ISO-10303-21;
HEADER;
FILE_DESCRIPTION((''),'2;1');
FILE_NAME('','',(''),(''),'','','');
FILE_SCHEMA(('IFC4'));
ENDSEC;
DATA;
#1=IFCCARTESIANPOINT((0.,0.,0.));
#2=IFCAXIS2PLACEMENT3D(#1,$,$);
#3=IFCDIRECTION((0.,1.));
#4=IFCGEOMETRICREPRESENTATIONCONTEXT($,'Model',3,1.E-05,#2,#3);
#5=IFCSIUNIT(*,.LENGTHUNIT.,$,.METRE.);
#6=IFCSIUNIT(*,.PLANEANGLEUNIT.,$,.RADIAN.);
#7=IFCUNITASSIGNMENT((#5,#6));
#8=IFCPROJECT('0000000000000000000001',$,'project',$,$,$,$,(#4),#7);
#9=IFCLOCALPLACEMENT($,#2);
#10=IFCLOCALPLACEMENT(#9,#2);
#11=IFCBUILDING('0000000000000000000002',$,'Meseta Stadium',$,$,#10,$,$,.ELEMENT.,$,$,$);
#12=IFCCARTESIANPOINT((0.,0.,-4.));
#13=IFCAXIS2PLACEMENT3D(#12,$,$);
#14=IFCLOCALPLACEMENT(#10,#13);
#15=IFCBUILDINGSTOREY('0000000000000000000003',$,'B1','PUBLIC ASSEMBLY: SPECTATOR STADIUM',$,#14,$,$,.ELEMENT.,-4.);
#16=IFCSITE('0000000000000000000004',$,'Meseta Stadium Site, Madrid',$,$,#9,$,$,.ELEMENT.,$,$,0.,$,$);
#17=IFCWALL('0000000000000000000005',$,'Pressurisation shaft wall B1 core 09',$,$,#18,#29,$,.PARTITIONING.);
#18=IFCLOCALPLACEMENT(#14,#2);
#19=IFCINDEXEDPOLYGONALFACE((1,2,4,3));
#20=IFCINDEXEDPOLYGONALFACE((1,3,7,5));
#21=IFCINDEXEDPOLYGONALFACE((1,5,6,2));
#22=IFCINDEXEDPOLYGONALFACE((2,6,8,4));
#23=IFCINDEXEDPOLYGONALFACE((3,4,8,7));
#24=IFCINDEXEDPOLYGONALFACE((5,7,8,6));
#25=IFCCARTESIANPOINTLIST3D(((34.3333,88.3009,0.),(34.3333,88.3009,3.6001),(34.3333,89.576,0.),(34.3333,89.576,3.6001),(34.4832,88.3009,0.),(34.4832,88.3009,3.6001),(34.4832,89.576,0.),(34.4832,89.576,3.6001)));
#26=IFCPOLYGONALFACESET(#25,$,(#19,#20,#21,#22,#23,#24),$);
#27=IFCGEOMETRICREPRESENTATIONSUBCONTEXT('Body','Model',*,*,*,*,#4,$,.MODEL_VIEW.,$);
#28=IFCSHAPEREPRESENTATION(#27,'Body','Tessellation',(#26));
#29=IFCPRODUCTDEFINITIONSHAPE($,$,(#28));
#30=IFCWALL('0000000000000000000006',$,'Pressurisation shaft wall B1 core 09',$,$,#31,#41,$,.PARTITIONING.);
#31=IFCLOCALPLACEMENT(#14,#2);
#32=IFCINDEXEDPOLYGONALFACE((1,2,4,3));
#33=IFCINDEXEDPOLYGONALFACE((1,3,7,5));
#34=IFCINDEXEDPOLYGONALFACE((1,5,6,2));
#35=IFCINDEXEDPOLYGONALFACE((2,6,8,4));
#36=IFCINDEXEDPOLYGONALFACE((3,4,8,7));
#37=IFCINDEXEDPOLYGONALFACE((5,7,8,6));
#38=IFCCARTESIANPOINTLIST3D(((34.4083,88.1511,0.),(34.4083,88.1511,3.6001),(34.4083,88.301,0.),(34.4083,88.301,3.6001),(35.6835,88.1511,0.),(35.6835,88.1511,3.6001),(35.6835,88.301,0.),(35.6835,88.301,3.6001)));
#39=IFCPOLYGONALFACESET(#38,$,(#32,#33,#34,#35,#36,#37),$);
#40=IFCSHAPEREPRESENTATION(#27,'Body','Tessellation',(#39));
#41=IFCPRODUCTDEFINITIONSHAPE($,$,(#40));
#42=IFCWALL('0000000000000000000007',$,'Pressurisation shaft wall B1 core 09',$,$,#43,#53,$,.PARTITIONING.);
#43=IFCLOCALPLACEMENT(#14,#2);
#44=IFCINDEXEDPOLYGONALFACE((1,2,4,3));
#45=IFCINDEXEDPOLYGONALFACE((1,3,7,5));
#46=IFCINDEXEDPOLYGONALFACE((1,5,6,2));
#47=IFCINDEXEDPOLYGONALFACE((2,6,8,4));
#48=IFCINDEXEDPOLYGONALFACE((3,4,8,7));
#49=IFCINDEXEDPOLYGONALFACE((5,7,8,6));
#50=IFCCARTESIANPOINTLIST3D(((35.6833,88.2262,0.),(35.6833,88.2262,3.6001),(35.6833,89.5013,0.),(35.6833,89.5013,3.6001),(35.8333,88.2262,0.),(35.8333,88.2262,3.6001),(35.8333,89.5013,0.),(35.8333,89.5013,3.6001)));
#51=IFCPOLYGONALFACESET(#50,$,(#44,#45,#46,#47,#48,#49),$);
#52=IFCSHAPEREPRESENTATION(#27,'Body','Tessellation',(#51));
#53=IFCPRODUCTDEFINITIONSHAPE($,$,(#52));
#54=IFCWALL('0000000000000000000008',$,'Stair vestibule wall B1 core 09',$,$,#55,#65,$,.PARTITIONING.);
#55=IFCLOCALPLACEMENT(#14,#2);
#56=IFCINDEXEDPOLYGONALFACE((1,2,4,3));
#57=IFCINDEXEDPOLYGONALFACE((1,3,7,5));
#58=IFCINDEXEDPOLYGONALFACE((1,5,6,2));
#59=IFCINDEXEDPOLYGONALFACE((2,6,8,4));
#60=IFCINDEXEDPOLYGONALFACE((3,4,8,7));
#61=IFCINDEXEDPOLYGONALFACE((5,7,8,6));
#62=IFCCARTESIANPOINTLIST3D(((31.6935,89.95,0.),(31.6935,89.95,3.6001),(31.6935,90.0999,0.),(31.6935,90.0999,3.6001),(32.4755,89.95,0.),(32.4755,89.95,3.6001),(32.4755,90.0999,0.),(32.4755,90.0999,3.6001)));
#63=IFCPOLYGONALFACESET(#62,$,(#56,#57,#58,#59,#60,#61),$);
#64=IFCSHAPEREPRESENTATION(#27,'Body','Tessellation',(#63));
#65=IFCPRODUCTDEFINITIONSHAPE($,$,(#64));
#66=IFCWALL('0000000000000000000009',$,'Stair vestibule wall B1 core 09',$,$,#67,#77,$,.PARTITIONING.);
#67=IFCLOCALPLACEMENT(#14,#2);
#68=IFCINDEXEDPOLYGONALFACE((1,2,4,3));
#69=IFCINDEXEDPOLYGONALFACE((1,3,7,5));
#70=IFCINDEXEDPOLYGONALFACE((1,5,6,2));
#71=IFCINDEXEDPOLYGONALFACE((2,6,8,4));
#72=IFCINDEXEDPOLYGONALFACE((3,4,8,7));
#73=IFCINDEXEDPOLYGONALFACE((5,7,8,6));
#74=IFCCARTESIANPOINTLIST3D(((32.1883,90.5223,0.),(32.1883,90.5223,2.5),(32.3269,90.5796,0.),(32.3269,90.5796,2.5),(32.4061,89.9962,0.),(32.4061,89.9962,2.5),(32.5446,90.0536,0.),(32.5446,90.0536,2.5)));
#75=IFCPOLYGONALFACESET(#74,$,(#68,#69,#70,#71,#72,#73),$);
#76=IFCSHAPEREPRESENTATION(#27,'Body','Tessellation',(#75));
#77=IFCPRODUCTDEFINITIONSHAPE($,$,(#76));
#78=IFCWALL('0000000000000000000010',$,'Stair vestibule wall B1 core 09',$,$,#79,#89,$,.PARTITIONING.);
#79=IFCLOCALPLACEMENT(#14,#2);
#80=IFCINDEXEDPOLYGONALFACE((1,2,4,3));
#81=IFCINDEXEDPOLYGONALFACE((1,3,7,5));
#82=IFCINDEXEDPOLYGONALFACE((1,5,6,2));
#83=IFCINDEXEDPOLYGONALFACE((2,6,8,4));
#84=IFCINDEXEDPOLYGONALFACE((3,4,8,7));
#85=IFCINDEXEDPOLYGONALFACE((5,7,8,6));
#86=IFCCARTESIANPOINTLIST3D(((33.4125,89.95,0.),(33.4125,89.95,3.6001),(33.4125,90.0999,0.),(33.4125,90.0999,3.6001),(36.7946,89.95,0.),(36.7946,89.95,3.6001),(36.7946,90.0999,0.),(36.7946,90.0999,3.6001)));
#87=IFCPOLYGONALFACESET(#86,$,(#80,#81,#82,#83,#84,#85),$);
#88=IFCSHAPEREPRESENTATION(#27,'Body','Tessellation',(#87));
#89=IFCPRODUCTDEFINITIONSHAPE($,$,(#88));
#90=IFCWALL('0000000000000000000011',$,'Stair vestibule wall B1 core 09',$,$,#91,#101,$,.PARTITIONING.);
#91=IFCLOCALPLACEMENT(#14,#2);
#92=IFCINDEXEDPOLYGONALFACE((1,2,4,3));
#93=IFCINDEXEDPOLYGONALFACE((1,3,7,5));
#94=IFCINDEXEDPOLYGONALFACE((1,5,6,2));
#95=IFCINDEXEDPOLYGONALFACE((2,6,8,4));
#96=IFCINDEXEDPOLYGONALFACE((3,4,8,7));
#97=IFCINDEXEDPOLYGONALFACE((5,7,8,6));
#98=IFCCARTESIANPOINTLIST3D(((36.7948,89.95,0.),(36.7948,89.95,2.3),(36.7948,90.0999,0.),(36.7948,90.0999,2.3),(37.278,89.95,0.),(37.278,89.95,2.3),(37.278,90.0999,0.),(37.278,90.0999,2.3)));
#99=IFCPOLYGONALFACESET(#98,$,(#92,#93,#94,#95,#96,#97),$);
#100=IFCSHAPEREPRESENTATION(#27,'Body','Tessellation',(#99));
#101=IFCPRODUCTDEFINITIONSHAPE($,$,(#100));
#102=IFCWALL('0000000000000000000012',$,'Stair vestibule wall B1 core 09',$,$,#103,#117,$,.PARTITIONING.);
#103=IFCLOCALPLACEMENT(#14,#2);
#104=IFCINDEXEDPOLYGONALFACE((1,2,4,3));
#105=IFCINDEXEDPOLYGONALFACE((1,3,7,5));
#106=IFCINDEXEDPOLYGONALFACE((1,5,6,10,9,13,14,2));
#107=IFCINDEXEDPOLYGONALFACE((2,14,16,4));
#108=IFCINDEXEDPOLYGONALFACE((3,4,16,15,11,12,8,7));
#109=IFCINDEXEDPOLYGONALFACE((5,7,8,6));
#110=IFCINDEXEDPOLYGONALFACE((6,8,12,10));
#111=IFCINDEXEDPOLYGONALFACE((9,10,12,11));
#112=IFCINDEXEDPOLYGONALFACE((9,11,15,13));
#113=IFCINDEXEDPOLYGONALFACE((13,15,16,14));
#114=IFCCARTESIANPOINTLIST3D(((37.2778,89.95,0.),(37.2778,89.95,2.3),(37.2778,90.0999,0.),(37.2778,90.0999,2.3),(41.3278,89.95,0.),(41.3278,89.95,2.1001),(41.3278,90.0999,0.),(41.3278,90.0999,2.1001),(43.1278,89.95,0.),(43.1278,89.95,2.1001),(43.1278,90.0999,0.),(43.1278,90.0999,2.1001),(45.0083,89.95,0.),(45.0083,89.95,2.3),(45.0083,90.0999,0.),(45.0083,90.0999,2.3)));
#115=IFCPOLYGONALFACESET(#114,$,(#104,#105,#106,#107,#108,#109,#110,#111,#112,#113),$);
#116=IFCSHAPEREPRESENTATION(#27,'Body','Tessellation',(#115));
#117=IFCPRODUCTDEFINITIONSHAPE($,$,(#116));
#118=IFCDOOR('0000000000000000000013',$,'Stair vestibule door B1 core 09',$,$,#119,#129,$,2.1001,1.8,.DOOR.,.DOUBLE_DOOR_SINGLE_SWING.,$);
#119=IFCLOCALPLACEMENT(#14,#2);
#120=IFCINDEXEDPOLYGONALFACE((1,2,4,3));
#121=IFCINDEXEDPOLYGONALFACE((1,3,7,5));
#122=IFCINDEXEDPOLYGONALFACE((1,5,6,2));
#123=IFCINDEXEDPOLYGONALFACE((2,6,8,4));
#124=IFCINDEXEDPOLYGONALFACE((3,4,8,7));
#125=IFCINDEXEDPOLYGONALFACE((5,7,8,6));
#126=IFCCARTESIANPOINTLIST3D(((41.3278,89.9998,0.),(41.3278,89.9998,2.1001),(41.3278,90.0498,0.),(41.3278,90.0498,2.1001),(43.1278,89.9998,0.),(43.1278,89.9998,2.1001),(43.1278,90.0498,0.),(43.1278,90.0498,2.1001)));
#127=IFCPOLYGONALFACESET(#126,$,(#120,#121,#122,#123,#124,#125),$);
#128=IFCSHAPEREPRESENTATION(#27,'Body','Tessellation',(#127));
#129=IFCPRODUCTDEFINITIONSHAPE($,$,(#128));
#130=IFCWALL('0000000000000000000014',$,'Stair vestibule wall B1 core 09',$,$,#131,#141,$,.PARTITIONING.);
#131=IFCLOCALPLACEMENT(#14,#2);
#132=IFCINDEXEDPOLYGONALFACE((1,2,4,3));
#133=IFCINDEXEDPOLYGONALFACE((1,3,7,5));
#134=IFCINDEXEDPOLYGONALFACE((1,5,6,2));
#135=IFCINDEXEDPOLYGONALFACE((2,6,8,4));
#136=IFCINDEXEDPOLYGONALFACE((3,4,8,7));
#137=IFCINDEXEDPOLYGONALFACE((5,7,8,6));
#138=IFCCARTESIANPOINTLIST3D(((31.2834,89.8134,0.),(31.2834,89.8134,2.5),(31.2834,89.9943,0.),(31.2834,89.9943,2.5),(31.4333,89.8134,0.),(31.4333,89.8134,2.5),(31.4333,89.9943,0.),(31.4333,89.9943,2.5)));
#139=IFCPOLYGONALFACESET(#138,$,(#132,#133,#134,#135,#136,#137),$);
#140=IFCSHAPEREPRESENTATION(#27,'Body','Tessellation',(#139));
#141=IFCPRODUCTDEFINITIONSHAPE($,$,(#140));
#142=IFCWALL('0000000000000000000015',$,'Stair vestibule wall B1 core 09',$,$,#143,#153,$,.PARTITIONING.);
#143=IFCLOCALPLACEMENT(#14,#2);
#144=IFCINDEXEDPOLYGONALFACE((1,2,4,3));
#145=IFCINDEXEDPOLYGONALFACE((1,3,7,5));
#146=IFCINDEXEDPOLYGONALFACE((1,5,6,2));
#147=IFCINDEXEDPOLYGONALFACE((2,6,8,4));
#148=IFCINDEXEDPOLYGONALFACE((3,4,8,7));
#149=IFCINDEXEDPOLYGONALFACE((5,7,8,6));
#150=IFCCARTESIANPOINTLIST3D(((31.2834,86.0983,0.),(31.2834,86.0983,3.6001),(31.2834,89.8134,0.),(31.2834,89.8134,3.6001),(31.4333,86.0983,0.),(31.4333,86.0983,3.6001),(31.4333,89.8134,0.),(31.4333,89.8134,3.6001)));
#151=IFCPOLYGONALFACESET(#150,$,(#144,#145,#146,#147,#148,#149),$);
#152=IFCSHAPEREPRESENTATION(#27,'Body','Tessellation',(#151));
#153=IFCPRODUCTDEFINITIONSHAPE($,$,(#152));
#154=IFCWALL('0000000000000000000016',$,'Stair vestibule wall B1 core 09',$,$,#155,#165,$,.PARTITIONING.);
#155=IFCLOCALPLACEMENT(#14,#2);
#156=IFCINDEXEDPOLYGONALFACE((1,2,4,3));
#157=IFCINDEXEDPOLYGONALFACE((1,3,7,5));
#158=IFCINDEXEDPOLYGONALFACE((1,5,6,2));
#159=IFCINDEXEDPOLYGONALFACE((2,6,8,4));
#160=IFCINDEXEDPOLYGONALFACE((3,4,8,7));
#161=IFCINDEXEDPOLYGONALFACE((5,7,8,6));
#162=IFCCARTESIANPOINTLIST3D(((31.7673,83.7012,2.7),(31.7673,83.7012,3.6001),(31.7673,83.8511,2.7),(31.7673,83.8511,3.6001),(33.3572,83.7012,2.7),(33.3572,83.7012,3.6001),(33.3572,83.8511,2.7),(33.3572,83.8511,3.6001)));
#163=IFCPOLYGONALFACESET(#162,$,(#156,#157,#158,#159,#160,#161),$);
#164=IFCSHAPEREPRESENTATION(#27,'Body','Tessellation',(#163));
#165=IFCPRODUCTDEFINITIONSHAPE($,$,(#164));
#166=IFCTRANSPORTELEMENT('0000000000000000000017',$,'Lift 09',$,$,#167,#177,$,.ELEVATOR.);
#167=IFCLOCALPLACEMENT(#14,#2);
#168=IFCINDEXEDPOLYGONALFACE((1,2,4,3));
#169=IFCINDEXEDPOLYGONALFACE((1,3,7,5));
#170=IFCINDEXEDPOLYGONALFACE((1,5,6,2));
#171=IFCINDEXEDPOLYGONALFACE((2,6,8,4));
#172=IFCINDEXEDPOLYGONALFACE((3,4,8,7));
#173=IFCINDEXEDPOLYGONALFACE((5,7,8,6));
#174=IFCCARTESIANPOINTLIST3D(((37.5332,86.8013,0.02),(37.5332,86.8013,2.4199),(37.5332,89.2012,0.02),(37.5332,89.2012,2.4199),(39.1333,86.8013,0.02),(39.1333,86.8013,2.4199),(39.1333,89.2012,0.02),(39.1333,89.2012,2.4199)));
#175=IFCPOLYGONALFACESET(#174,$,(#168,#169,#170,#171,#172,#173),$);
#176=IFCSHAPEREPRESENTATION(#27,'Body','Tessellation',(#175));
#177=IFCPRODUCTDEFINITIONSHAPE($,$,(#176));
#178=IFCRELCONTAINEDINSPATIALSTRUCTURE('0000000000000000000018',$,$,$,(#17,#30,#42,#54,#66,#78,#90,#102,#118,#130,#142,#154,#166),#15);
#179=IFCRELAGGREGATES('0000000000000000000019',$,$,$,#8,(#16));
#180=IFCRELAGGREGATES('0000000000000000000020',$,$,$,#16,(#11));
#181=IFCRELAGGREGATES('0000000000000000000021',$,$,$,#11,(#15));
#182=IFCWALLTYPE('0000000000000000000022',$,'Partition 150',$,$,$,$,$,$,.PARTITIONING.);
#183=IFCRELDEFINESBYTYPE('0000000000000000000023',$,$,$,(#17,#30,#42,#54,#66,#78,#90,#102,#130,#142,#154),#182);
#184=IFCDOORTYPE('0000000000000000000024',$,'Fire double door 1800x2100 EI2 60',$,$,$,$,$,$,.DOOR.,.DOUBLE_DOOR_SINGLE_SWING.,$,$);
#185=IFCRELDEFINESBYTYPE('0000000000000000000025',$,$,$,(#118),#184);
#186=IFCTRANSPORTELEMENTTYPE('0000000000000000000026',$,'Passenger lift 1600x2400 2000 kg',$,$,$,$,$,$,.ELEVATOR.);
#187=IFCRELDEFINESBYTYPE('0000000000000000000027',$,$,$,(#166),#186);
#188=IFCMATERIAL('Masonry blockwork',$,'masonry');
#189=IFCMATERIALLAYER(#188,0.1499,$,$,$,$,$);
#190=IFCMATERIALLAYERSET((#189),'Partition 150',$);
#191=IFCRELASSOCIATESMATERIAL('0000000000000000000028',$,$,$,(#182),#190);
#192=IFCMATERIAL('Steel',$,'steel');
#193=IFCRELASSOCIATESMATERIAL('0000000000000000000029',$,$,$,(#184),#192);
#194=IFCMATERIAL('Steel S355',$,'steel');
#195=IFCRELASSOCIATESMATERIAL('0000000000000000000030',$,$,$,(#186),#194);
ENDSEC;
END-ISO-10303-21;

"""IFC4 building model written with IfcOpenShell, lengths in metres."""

from ifc_helpers import new_model, si_unit, direction, frame, frame_2d, origin, origin_2d, place, context, subcontext, project, spatial, rectangle, extrude, material, layer, layer_set, type_object, element, fill, save


model = new_model("IFC4")

# Units and contexts
model_context = context("Model", 3, precision=1e-05, world=origin(), true_north=direction((0.0, 1.0)))
body_context = subcontext(model_context, "Body", "Model", "MODEL_VIEW")
ifc_project = project(units=[si_unit("LENGTHUNIT", "METRE"), si_unit("PLANEANGLEUNIT", "RADIAN")], contexts=[model_context])

# Site, building, storey
site_placement = place(None, origin())
site = spatial("IfcSite", under=ifc_project, at=site_placement, Name="Meseta Stadium Site, Madrid", CompositionType="ELEMENT", RefElevation=0.0)
building_placement = place(site_placement, origin())
building = spatial("IfcBuilding", under=site, at=building_placement, Name="Meseta Stadium", CompositionType="ELEMENT")
storey_placement = place(building_placement, frame((0.0, 0.0, -4.0)))
storey = spatial("IfcBuildingStorey", under=building, at=storey_placement, Name="B1", Description="PUBLIC ASSEMBLY: SPECTATOR STADIUM", CompositionType="ELEMENT", Elevation=-4.0)

# Shared definitions
ifc_material_1 = material(Name="Masonry blockwork", Category="masonry")
ifc_layer_1 = layer(ifc_material_1, 0.1499)
ifc_layer_set_1 = layer_set([ifc_layer_1], Name="Partition 150")
wall_type_1 = type_object("IfcWallType", Name="Partition 150", PredefinedType="PARTITIONING", material=ifc_layer_set_1)

# Walls
for number, where, z_axis, x_axis, name in (
    (1, (34.4082, 89.5762, 0.0), (0.0, 0.0, 1.0), (0.0, -1.0, 0.0), "Pressurisation shaft wall B1 core 09"),
    (2, (34.4082, 88.2261, 0.0), (0.0, 0.0, 1.0), (1.0, 0.0, 0.0), "Pressurisation shaft wall B1 core 09"),
    (3, (35.7583, 88.2261, 0.0), (0.0, 0.0, 1.0), (0.0, 1.0, 0.0), "Pressurisation shaft wall B1 core 09"),
):
    element("IfcWall", number, at=place(storey_placement, frame(where, z_axis=z_axis, x_axis=x_axis)), inside=storey, type_object=wall_type_1, Name=name, PredefinedType="PARTITIONING", context=body_context, shape_type="SweptSolid", body=[
        extrude(rectangle(XDim=1.2751, YDim=0.1499, at=frame_2d((0.6377, 0.0))), origin(), (0.0, 0.0, 1.0), 3.6001),
    ])
wall_1_placement = place(storey_placement, frame((31.6934, 90.0249, 0.0), z_axis=(0.0, 0.0, 1.0), x_axis=(1.0, 0.0, 0.0)))
element("IfcWall", 4, at=wall_1_placement, inside=storey, type_object=wall_type_1, Name="Stair vestibule wall B1 core 09", PredefinedType="PARTITIONING", context=body_context, shape_type="SweptSolid", body=[
    extrude(rectangle(XDim=0.782, YDim=0.1499, at=frame_2d((0.3911, 0.0))), origin(), (0.0, 0.0, 1.0), 3.6001),
])
wall_2_placement = place(storey_placement, frame((32.4753, 90.0249, 0.0), z_axis=(0.0, 0.0, 1.0), x_axis=(-0.382453, 0.923975, 0.0)))
element("IfcWall", 5, at=wall_2_placement, inside=storey, type_object=wall_type_1, Name="Stair vestibule wall B1 core 09", PredefinedType="PARTITIONING", context=body_context, shape_type="SweptSolid", body=[
    extrude(rectangle(XDim=0.5693, YDim=0.1499, at=frame_2d((0.2847, 0.0))), origin(), (0.0, 0.0, 1.0), 2.5),
])
wall_3_placement = place(storey_placement, frame((33.4126, 90.0249, 0.0), z_axis=(0.0, 0.0, 1.0), x_axis=(1.0, 0.0, 0.0)))
element("IfcWall", 6, at=wall_3_placement, inside=storey, type_object=wall_type_1, Name="Stair vestibule wall B1 core 09", PredefinedType="PARTITIONING", context=body_context, shape_type="SweptSolid", body=[
    extrude(rectangle(XDim=3.3821, YDim=0.1499, at=frame_2d((1.6909, 0.0))), origin(), (0.0, 0.0, 1.0), 3.6001),
])
wall_4_placement = place(storey_placement, frame((36.7947, 90.0249, 0.0), z_axis=(0.0, 0.0, 1.0), x_axis=(1.0, 0.0, 0.0)))
element("IfcWall", 7, at=wall_4_placement, inside=storey, type_object=wall_type_1, Name="Stair vestibule wall B1 core 09", PredefinedType="PARTITIONING", context=body_context, shape_type="SweptSolid", body=[
    extrude(rectangle(XDim=0.4832, YDim=0.1499, at=frame_2d((0.2417, 0.0))), origin(), (0.0, 0.0, 1.0), 2.3),
])

# Wall, opening, door
wall_5_placement = place(storey_placement, frame((37.2778, 90.0249, 0.0), z_axis=(0.0, 0.0, 1.0), x_axis=(1.0, 0.0, 0.0)))
wall_5 = element("IfcWall", 8, at=wall_5_placement, inside=storey, type_object=wall_type_1, Name="Stair vestibule wall B1 core 09", PredefinedType="PARTITIONING", context=body_context, shape_type="SweptSolid", body=[
    extrude(rectangle(XDim=7.7305, YDim=0.1499, at=frame_2d((3.8652, 0.0))), origin(), (0.0, 0.0, 1.0), 2.3),
])
opening_1_placement = place(wall_5_placement, frame((4.05, 0.0, 0.0)))
opening_1 = element("IfcOpeningElement", 9, at=opening_1_placement, cuts=wall_5, PredefinedType="OPENING", context=body_context, shape_type="SweptSolid", body=[
    extrude(rectangle(XDim=1.8, YDim=2.1001, at=frame_2d((0.8999, 1.05))), frame((0.0, 0.085, 0.0), z_axis=(0.0, -1.0, 0.0), x_axis=(1.0, 0.0, 0.0)), (0.0, 0.0, 1.0), 0.1699),
])
ifc_material_2 = material(Name="Steel", Category="steel")
door_type_1 = type_object("IfcDoorType", Name="Fire double door 1800x2100 EI2 60", OperationType="DOUBLE_DOOR_SINGLE_SWING", PredefinedType="DOOR", material=ifc_material_2)
door_1_placement = place(opening_1_placement, origin())
door_1 = element("IfcDoor", 10, at=door_1_placement, inside=storey, type_object=door_type_1, Name="Stair vestibule door B1 core 09", OperationType="DOUBLE_DOOR_SINGLE_SWING", OverallHeight=2.1001, OverallWidth=1.8, PredefinedType="DOOR", context=body_context, shape_type="SweptSolid", body=[
    extrude(rectangle(XDim=1.8, YDim=2.1001, at=frame_2d((0.8999, 1.05))), frame((0.0, 0.0249, 0.0), z_axis=(0.0, -1.0, 0.0), x_axis=(1.0, 0.0, 0.0)), (0.0, 0.0, 1.0), 0.05),
])
fill(opening_1, door_1)

# Walls
wall_6_placement = place(storey_placement, frame((31.3584, 89.9941, 0.0), z_axis=(0.0, 0.0, 1.0), x_axis=(0.0, -1.0, 0.0)))
element("IfcWall", 11, at=wall_6_placement, inside=storey, type_object=wall_type_1, Name="Stair vestibule wall B1 core 09", PredefinedType="PARTITIONING", context=body_context, shape_type="SweptSolid", body=[
    extrude(rectangle(XDim=0.1809, YDim=0.1499, at=frame_2d((0.0903, 0.0))), origin(), (0.0, 0.0, 1.0), 2.5),
])
wall_7_placement = place(storey_placement, frame((31.3584, 89.8132, 0.0), z_axis=(0.0, 0.0, 1.0), x_axis=(0.0, -1.0, 0.0)))
element("IfcWall", 12, at=wall_7_placement, inside=storey, type_object=wall_type_1, Name="Stair vestibule wall B1 core 09", PredefinedType="PARTITIONING", context=body_context, shape_type="SweptSolid", body=[
    extrude(rectangle(XDim=3.7151, YDim=0.1499, at=frame_2d((1.8574, 0.0))), origin(), (0.0, 0.0, 1.0), 3.6001),
])
wall_8_placement = place(storey_placement, frame((31.7673, 83.7761, 2.7), z_axis=(0.0, 0.0, 1.0), x_axis=(1.0, 0.0, 0.0)))
element("IfcWall", 13, at=wall_8_placement, inside=storey, type_object=wall_type_1, Name="Stair vestibule wall B1 core 09", PredefinedType="PARTITIONING", context=body_context, shape_type="SweptSolid", body=[
    extrude(rectangle(XDim=1.5898, YDim=0.1499, at=frame_2d((0.7949, 0.0))), origin(), (0.0, 0.0, 1.0), 0.9001),
])

# Transport element
ifc_material_3 = material(Name="Steel S355", Category="steel")
transport_element_type = type_object("IfcTransportElementType", Name="Passenger lift 1600x2400 2000 kg", PredefinedType="ELEVATOR", material=ifc_material_3)
transport_element_placement = place(storey_placement, frame((38.3333, 88.0012, 0.02), z_axis=(0.0, 0.0, 1.0), x_axis=(0.0, -1.0, 0.0)))
element("IfcTransportElement", 14, at=transport_element_placement, inside=storey, type_object=transport_element_type, Name="Lift 09", PredefinedType="ELEVATOR", context=body_context, shape_type="SweptSolid", body=[
    extrude(rectangle(XDim=2.3999, YDim=1.6001, at=origin_2d()), origin(), (0.0, 0.0, 1.0), 2.3999),
])

save(model, "model.ifc")
